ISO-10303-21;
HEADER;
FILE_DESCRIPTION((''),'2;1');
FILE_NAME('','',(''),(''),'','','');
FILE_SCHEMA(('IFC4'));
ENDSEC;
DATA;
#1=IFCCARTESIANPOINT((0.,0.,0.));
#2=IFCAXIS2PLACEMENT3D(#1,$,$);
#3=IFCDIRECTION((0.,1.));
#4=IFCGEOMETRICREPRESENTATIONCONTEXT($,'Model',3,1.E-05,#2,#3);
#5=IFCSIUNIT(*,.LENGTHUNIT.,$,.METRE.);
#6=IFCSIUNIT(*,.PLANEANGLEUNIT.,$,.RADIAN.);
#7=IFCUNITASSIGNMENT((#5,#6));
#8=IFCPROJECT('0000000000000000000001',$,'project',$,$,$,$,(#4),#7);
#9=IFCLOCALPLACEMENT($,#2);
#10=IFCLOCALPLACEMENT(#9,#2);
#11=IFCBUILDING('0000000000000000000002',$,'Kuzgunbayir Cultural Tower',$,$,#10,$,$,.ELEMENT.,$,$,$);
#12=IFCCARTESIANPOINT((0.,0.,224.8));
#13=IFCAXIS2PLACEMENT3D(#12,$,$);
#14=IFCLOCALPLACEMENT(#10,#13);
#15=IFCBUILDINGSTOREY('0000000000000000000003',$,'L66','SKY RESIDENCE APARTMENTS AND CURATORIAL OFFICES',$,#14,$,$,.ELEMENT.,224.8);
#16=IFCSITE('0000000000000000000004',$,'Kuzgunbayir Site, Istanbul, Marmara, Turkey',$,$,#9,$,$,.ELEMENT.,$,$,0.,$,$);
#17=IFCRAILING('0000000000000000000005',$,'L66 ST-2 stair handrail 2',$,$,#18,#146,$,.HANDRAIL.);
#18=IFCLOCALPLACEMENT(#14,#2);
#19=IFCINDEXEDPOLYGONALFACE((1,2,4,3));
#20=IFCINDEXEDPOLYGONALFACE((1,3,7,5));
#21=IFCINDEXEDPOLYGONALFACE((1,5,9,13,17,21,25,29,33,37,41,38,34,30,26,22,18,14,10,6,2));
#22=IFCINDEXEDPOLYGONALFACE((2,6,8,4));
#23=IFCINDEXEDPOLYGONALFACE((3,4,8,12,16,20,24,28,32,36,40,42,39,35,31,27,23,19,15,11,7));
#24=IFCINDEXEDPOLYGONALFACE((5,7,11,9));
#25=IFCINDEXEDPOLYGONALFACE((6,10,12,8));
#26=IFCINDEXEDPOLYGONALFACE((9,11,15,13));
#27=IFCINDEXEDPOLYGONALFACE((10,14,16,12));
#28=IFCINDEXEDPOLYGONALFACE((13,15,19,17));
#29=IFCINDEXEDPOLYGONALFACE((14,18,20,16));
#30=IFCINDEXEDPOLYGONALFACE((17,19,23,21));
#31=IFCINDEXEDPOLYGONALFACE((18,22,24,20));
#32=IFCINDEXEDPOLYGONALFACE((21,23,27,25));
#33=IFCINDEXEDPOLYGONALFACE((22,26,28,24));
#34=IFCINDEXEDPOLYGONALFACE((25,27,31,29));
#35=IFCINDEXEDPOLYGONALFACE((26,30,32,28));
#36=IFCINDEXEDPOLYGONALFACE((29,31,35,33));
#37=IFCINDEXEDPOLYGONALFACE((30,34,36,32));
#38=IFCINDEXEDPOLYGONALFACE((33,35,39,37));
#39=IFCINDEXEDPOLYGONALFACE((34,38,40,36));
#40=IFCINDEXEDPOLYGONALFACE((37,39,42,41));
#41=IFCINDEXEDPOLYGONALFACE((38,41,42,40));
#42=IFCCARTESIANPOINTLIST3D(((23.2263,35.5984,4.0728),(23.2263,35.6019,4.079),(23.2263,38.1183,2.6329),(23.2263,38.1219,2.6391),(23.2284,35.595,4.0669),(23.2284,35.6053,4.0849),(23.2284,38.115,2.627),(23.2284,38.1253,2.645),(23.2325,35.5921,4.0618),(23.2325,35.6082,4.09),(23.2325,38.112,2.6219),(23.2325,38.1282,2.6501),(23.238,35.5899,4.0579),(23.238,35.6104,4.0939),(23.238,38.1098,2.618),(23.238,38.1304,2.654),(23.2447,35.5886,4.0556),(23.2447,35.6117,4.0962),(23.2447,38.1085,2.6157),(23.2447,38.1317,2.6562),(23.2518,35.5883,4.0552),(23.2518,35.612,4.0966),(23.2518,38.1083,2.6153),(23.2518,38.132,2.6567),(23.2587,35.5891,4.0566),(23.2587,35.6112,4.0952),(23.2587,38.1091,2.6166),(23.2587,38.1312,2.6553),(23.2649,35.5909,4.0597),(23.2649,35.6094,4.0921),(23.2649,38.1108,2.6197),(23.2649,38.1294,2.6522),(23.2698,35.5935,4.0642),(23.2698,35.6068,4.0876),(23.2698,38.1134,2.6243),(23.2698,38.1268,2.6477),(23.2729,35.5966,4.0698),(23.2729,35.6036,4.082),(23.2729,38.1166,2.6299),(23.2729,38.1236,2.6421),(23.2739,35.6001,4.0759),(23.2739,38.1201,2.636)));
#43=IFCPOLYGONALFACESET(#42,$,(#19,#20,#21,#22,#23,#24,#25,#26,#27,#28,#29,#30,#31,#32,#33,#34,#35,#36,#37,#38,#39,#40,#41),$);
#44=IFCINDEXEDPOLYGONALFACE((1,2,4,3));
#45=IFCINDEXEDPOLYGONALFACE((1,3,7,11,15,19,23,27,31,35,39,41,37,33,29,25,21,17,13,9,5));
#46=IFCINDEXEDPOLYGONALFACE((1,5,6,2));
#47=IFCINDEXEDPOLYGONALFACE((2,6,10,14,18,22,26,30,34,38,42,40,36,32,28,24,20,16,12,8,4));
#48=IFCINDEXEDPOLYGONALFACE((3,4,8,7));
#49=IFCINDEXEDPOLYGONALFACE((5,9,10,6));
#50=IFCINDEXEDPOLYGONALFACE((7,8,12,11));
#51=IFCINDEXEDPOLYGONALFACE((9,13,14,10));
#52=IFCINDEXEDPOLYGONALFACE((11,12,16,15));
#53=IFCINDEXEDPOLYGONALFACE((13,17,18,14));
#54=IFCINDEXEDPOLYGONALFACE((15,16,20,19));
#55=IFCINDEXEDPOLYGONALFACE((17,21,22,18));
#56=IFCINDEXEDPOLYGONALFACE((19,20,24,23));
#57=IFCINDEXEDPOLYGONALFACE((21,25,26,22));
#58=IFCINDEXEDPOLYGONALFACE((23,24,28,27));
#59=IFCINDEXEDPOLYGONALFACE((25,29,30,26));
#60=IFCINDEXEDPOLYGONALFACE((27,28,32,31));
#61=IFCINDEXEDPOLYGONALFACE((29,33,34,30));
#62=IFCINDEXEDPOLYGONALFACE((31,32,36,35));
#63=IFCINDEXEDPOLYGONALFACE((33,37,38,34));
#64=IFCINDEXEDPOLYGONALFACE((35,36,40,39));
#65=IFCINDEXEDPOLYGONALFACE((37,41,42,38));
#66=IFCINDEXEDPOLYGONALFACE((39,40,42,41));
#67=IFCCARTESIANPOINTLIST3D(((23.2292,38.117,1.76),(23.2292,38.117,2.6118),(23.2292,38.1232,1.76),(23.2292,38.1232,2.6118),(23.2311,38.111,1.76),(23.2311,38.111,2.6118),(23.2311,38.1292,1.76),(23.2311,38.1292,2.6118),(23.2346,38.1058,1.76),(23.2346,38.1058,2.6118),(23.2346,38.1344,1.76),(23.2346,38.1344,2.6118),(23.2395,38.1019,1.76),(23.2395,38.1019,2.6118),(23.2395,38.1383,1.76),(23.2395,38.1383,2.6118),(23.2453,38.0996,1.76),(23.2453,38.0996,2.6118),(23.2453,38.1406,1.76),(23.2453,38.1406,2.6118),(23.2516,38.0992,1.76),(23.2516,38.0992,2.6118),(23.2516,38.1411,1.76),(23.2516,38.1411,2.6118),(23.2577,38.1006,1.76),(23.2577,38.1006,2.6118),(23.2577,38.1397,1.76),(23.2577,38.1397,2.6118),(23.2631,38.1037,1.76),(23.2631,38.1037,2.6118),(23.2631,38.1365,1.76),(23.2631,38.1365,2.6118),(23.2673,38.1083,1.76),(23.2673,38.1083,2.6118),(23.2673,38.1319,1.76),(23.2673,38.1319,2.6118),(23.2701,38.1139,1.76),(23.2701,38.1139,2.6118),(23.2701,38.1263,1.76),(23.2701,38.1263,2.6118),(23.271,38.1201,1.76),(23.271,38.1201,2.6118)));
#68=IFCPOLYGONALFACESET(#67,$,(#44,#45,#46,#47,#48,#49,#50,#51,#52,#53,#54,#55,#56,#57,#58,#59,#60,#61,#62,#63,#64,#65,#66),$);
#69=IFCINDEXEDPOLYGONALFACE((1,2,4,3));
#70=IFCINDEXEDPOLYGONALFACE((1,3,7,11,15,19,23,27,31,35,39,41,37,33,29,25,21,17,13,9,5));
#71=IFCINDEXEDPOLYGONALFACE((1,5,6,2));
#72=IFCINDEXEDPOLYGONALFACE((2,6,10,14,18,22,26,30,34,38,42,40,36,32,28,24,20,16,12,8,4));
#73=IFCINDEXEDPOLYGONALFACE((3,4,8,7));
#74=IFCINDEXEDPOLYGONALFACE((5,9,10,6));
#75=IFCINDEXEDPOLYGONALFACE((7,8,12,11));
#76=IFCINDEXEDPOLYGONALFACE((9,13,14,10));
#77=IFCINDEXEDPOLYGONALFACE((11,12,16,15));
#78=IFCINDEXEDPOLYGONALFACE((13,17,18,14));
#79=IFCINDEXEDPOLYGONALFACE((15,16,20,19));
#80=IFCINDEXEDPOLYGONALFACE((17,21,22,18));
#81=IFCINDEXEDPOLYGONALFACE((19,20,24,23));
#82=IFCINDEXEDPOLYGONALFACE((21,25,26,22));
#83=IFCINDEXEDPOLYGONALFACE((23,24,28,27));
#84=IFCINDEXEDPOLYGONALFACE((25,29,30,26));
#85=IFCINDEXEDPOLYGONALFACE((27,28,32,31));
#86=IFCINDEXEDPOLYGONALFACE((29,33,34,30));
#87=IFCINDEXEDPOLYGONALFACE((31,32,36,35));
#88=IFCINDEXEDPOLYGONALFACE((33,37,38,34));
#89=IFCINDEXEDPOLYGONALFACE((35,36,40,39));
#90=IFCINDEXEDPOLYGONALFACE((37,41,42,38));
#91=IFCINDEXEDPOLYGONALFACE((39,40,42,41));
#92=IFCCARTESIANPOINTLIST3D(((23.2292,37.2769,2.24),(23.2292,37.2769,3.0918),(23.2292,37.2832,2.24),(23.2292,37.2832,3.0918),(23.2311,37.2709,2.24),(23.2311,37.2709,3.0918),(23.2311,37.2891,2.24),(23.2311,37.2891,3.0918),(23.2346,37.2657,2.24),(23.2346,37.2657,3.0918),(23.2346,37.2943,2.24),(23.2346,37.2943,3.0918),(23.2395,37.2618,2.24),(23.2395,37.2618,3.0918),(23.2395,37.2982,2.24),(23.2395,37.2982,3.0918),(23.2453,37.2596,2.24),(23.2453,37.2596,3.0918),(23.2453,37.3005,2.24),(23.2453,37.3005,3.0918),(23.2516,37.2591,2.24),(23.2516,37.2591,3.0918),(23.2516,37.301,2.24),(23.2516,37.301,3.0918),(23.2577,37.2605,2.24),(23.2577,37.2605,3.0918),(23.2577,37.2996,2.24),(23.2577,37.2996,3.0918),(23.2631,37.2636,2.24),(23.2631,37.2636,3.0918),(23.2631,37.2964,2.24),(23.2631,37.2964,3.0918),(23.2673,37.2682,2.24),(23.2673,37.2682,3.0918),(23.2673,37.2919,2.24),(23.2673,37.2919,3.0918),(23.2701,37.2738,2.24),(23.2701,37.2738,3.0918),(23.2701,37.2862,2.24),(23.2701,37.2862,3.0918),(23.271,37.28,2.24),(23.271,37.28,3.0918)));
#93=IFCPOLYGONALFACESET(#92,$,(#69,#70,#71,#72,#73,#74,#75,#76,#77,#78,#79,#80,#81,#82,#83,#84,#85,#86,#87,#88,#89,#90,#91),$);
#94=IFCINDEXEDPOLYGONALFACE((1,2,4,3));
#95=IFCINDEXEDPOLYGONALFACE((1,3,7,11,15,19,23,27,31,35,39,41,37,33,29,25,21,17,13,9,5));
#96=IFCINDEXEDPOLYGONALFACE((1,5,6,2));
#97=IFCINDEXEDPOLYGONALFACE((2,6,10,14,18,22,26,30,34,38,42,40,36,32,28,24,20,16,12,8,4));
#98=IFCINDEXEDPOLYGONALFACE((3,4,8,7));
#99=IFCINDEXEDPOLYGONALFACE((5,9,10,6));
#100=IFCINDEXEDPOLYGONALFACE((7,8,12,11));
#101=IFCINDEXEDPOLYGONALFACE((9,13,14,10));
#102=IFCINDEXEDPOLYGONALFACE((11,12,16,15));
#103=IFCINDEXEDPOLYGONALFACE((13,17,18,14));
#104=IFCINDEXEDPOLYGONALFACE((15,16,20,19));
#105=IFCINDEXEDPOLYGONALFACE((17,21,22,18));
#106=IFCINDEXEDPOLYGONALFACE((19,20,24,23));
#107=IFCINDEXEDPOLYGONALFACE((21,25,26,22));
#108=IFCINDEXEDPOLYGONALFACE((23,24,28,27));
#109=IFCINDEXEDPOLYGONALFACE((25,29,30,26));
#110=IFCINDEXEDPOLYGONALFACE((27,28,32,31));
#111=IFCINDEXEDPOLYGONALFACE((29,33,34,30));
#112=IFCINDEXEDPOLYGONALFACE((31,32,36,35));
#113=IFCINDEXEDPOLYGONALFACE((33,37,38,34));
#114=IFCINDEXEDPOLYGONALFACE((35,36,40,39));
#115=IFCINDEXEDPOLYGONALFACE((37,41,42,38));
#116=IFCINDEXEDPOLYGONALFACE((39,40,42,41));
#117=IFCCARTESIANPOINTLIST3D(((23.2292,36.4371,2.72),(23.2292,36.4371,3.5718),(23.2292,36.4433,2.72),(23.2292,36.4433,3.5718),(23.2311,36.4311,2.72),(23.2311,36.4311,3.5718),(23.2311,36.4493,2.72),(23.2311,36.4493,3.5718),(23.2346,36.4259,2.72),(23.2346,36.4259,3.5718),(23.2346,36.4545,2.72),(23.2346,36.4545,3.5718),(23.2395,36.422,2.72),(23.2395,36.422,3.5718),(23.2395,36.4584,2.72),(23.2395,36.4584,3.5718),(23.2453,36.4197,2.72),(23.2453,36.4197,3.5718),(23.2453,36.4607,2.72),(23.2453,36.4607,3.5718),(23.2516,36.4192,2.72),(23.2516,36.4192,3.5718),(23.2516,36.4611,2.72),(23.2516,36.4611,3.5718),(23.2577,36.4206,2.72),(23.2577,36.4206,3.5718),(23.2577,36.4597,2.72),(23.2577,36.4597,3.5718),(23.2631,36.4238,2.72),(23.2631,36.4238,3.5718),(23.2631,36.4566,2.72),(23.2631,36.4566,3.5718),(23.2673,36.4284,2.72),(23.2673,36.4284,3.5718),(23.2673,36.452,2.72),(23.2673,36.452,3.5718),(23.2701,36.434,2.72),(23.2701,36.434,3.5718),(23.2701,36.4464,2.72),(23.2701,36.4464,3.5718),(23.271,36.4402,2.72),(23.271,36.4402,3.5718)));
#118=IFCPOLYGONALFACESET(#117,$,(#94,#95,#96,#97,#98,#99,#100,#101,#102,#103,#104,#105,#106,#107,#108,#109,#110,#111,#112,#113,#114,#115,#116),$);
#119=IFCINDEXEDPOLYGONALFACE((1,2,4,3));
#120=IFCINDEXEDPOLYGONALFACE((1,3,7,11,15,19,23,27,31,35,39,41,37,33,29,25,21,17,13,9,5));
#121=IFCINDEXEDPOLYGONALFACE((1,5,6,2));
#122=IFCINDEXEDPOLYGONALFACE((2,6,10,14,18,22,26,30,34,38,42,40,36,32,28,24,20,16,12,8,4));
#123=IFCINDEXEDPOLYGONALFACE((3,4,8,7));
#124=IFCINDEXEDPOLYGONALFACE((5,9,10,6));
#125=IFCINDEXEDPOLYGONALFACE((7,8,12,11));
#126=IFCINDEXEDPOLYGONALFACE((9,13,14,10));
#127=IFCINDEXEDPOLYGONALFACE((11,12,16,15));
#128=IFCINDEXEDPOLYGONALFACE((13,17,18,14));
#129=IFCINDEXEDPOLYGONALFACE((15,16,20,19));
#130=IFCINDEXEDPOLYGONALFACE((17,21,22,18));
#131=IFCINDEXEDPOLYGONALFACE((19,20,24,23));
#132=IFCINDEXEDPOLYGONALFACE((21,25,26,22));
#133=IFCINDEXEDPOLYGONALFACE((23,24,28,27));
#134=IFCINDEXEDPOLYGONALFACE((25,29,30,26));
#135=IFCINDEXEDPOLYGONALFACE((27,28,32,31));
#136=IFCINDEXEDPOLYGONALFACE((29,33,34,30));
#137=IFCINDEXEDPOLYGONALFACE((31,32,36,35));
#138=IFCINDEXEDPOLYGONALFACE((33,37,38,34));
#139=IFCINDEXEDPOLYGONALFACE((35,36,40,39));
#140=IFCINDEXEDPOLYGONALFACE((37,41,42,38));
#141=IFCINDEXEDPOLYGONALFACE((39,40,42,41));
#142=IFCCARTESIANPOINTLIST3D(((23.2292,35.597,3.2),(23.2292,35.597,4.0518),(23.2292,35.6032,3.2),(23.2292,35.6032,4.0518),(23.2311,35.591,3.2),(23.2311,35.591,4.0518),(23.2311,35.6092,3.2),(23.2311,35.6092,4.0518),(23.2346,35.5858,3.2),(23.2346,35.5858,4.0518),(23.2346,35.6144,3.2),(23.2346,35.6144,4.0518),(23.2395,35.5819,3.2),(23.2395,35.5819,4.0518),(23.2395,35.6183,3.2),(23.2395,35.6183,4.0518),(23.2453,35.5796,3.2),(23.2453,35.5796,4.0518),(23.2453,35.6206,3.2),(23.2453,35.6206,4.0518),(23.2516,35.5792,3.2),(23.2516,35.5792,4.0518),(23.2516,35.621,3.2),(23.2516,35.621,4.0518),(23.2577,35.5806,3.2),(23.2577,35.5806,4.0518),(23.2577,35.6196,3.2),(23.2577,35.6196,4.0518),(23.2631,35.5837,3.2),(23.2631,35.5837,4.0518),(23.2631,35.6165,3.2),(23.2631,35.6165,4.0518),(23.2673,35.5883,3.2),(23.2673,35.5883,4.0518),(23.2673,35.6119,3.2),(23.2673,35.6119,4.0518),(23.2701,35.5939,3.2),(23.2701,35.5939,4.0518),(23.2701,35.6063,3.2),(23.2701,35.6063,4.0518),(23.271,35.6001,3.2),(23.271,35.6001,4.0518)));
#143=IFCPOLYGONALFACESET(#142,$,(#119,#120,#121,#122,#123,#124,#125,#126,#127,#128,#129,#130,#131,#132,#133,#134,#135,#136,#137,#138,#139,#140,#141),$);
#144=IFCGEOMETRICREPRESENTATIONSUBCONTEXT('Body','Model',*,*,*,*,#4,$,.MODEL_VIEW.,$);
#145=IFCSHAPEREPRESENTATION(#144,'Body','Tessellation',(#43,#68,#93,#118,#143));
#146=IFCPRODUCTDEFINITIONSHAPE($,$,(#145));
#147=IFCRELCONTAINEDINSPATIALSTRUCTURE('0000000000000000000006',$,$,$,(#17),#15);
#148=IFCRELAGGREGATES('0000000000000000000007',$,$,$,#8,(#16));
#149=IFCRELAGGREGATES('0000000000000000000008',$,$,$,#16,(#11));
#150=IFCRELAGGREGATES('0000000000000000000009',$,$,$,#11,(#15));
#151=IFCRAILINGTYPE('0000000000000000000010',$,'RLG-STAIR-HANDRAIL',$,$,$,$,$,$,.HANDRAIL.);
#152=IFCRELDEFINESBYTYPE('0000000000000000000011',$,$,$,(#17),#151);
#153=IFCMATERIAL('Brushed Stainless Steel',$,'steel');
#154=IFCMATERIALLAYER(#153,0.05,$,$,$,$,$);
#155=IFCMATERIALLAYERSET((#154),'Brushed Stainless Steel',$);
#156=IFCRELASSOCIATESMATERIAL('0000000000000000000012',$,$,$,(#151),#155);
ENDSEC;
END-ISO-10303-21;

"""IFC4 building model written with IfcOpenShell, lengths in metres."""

from ifc_helpers import new_model, si_unit, direction, frame, origin, origin_2d, place, context, subcontext, project, spatial, circle, extrude, material, layer, layer_set, type_object, element, save


model = new_model("IFC4")

# Units and contexts
model_context = context("Model", 3, precision=1e-05, world=origin(), true_north=direction((0.0, 1.0)))
body_context = subcontext(model_context, "Body", "Model", "MODEL_VIEW")
ifc_project = project(units=[si_unit("LENGTHUNIT", "METRE"), si_unit("PLANEANGLEUNIT", "RADIAN")], contexts=[model_context])

# Site, building, storey
site_placement = place(None, origin())
site = spatial("IfcSite", under=ifc_project, at=site_placement, Name="Kuzgunbayir Site, Istanbul, Marmara, Turkey", CompositionType="ELEMENT", RefElevation=0.0)
building_placement = place(site_placement, origin())
building = spatial("IfcBuilding", under=site, at=building_placement, Name="Kuzgunbayir Cultural Tower", CompositionType="ELEMENT")
storey_placement = place(building_placement, frame((0.0, 0.0, 224.8)))
storey = spatial("IfcBuildingStorey", under=building, at=storey_placement, Name="L66", Description="SKY RESIDENCE APARTMENTS AND CURATORIAL OFFICES", CompositionType="ELEMENT", Elevation=224.8)

# Shared definitions
ifc_material_1 = material(Name="Brushed Stainless Steel", Category="steel")

# Railing
ifc_layer_1 = layer(ifc_material_1, 0.05)
ifc_layer_set_1 = layer_set([ifc_layer_1], Name="Brushed Stainless Steel")
railing_type_1 = type_object("IfcRailingType", Name="RLG-STAIR-HANDRAIL", PredefinedType="HANDRAIL", material=ifc_layer_set_1)
railing_1_placement = place(storey_placement, frame((23.25, 38.1201, 1.76)))
element("IfcRailing", 1, at=railing_1_placement, inside=storey, type_object=railing_type_1, Name="L66 ST-2 stair handrail 2", PredefinedType="HANDRAIL", context=body_context, shape_type="SweptSolid", body=[
    extrude(circle(Radius=0.0239, at=origin_2d()), frame((0.0, 0.0, 0.876), z_axis=(0.0, -0.868253, 0.496121), x_axis=(1.0, 0.0, 0.0)), (0.0, 0.0, 1.0), 2.9023),
    extrude(circle(Radius=0.021, at=origin_2d()), origin(), (0.0, 0.0, 1.0), 0.8518),
    extrude(circle(Radius=0.021, at=origin_2d()), frame((0.0, -0.8401, 0.48)), (0.0, 0.0, 1.0), 0.8518),
    extrude(circle(Radius=0.021, at=origin_2d()), frame((0.0, -1.6799, 0.96)), (0.0, 0.0, 1.0), 0.8518),
    extrude(circle(Radius=0.021, at=origin_2d()), frame((0.0, -2.52, 1.4399)), (0.0, 0.0, 1.0), 0.8518),
])

save(model, "model.ifc")
